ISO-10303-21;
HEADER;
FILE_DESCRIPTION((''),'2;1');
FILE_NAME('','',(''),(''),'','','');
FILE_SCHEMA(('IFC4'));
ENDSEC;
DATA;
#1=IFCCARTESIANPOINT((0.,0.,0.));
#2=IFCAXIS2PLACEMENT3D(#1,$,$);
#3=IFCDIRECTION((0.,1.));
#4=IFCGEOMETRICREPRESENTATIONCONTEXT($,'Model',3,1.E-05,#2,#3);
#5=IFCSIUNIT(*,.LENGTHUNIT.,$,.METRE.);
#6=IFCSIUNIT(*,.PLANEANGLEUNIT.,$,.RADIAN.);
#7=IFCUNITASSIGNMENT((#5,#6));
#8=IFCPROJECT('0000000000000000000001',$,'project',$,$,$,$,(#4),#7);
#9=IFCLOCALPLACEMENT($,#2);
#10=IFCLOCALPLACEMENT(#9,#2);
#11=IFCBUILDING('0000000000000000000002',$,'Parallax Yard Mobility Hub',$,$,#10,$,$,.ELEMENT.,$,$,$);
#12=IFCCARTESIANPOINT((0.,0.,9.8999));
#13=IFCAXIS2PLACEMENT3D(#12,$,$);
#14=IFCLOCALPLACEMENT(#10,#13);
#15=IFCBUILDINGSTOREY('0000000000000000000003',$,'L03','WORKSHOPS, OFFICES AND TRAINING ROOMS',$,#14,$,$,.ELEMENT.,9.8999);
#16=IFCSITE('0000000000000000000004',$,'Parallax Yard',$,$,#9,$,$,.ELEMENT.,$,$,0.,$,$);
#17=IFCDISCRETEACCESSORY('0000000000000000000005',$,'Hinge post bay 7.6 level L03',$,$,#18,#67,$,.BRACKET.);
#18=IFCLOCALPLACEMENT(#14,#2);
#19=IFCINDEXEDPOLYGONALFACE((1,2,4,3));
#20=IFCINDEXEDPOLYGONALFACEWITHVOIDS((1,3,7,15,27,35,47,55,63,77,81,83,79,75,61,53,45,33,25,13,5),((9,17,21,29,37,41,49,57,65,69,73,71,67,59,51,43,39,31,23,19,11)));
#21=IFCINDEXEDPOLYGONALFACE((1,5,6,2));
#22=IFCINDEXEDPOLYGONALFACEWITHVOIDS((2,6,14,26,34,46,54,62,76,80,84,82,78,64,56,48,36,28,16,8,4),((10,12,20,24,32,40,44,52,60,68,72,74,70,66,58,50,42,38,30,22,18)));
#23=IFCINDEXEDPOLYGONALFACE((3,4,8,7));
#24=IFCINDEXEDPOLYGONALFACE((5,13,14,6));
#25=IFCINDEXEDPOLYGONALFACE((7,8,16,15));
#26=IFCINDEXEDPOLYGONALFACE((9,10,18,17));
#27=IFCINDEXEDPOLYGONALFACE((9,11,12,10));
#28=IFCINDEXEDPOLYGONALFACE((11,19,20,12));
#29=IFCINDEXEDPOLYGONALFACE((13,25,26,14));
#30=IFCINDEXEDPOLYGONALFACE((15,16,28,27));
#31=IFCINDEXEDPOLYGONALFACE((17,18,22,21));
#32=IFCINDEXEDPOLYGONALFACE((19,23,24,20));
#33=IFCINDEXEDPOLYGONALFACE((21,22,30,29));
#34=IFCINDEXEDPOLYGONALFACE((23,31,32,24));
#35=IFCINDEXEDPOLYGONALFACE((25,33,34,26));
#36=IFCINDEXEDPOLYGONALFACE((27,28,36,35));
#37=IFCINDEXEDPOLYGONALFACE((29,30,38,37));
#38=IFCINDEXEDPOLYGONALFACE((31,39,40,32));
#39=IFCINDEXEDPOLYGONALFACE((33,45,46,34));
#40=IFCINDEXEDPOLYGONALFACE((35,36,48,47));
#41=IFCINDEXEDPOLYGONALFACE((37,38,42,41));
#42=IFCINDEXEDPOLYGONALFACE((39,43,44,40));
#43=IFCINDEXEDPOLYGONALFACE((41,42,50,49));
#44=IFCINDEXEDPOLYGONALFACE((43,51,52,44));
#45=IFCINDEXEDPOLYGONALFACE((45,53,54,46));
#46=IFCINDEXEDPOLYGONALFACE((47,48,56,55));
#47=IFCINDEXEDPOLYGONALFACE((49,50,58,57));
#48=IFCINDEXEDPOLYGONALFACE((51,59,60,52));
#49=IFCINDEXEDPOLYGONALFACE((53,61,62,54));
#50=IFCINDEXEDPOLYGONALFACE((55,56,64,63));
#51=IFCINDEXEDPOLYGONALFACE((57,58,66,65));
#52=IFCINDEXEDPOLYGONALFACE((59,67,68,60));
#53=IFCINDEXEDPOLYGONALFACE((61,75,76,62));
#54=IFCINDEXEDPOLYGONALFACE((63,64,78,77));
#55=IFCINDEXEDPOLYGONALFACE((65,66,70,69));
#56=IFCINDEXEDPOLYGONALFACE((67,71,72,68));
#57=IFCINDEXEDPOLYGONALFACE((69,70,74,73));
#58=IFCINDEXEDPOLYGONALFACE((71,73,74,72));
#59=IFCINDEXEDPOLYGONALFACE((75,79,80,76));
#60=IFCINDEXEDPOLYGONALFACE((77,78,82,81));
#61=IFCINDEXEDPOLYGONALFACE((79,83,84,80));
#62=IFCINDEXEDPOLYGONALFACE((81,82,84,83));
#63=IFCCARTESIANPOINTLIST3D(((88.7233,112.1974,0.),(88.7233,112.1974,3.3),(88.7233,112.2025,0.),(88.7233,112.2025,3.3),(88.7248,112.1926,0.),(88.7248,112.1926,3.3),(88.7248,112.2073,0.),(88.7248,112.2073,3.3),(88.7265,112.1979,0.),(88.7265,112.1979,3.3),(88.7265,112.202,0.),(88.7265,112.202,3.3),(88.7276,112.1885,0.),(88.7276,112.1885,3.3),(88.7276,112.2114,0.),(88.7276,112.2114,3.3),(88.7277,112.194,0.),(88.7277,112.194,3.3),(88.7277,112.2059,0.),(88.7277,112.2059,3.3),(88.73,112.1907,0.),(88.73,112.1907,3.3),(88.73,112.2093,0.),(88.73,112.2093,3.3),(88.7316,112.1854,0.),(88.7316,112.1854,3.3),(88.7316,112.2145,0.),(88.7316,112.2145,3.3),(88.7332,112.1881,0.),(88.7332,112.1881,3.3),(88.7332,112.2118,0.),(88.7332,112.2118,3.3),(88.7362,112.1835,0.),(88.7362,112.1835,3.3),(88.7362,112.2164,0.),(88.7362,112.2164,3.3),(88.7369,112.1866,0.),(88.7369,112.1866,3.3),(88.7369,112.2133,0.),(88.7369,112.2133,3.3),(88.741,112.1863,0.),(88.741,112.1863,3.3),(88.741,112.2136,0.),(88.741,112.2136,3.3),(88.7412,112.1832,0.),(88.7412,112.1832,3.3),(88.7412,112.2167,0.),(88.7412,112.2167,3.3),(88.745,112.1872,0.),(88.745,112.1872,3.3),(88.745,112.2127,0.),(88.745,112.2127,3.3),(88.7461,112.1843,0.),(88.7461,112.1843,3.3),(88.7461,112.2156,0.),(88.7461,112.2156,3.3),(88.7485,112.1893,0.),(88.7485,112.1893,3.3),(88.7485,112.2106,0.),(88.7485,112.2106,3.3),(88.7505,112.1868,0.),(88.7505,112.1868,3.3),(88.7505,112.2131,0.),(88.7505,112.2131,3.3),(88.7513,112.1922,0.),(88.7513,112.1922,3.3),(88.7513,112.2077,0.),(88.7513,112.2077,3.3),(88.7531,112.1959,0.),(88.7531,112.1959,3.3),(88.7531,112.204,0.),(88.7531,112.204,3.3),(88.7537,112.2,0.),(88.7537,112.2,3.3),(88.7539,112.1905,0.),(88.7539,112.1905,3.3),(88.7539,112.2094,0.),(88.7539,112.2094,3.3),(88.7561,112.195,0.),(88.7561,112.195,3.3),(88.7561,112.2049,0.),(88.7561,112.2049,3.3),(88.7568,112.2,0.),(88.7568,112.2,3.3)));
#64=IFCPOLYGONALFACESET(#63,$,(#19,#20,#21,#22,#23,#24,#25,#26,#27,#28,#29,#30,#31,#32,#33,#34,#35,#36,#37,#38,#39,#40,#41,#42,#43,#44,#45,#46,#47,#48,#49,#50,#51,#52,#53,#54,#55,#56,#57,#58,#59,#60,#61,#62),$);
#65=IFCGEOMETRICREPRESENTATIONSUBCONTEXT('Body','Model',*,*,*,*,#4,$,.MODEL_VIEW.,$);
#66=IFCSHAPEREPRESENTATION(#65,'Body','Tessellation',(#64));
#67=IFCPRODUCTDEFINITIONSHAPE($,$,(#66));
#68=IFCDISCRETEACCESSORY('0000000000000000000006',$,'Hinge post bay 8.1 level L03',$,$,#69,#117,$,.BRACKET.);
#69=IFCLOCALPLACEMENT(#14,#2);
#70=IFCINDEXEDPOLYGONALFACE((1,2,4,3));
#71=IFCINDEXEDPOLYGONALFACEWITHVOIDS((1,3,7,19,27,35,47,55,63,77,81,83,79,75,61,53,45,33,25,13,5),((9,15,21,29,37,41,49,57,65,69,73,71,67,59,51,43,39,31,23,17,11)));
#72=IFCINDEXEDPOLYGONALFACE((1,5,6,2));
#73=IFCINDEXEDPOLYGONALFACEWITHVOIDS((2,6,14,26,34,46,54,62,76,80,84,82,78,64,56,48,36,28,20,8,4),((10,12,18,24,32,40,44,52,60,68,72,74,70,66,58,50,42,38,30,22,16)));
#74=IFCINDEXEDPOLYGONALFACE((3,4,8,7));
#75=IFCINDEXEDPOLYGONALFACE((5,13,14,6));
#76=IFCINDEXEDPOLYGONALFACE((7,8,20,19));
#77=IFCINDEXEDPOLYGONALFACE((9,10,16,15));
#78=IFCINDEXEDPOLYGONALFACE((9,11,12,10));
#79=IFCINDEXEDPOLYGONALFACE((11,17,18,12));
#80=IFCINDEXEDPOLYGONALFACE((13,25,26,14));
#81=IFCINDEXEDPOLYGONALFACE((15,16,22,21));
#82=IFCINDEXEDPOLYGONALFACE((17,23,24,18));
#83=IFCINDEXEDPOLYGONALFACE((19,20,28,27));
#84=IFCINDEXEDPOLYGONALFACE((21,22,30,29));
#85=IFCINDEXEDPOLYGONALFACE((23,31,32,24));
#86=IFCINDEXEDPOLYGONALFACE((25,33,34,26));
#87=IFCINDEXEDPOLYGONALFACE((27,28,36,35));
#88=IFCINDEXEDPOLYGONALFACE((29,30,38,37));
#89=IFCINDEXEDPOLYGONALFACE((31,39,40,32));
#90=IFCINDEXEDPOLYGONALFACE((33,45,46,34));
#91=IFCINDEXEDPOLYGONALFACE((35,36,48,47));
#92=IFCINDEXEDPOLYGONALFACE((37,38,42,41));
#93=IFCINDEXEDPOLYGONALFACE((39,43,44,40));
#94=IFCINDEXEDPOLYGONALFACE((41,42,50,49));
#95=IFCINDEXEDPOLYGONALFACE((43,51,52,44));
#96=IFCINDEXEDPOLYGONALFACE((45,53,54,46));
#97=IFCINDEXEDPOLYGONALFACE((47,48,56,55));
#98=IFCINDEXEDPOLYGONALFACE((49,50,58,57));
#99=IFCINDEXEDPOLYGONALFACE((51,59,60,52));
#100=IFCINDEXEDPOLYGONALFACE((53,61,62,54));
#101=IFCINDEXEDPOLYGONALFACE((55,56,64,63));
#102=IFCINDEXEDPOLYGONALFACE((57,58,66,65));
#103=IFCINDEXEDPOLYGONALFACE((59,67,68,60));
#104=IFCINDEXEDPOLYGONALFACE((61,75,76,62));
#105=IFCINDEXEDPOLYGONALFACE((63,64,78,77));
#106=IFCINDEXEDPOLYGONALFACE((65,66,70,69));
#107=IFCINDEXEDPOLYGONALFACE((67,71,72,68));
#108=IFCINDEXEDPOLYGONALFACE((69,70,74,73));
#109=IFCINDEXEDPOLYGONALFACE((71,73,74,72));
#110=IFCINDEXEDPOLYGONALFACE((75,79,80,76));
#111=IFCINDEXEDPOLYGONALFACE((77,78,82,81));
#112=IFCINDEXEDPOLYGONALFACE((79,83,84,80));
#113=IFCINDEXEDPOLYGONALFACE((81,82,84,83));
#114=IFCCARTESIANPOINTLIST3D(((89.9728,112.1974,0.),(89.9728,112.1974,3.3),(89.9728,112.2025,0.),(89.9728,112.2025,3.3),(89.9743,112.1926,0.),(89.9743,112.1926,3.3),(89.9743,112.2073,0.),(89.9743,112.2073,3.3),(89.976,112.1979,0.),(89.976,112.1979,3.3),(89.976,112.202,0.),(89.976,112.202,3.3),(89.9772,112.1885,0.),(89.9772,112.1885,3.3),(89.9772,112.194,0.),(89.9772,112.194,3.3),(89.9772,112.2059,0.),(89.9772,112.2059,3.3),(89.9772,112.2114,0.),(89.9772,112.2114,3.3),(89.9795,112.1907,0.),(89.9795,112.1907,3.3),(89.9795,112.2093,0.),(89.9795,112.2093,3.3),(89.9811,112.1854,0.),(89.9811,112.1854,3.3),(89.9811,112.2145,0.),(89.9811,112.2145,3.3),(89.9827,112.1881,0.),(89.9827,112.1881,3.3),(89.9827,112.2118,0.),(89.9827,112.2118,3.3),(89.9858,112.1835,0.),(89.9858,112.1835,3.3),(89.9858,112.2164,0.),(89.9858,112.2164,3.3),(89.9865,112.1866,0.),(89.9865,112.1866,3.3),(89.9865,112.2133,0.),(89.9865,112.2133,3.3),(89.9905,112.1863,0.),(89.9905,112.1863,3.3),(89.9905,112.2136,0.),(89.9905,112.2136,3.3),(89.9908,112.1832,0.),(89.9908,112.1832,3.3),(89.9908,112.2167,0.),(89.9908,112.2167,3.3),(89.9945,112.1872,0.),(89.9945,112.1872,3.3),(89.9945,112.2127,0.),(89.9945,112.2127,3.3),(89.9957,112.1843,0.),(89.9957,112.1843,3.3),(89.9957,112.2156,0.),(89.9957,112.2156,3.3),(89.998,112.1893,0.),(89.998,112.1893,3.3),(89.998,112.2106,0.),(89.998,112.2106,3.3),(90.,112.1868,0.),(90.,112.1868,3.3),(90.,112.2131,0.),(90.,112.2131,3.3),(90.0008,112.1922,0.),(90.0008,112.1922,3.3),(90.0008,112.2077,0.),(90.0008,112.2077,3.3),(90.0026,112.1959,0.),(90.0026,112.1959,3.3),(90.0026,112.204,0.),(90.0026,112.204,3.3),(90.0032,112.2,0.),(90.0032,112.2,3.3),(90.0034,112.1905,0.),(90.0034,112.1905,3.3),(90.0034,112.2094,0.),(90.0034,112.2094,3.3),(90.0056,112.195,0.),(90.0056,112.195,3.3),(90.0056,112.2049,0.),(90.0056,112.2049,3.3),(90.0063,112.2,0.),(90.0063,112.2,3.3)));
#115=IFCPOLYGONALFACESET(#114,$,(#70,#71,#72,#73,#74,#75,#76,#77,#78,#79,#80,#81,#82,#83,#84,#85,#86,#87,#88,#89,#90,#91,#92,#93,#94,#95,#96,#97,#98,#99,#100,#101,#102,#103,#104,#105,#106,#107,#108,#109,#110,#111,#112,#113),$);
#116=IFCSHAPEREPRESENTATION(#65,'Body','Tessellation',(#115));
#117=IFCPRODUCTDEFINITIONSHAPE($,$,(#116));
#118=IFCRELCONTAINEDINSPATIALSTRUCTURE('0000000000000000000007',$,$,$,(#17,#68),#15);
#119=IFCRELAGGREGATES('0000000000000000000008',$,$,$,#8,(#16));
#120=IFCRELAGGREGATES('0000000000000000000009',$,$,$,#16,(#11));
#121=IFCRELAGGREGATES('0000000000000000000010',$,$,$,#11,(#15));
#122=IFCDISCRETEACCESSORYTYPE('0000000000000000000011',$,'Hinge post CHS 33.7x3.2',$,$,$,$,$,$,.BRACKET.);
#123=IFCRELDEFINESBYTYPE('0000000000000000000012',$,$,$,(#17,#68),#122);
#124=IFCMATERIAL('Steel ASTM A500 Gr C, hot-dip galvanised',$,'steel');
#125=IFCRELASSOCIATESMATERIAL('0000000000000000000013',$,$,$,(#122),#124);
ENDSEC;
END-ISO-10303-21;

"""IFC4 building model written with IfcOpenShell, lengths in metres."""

from ifc_helpers import new_model, si_unit, direction, frame, origin, origin_2d, place, context, subcontext, project, spatial, hollow_circle, extrude, material, material_profile, profile_set, type_object, element, save


model = new_model("IFC4")

# Units and contexts
model_context = context("Model", 3, precision=1e-05, world=origin(), true_north=direction((0.0, 1.0)))
body_context = subcontext(model_context, "Body", "Model", "MODEL_VIEW")
ifc_project = project(units=[si_unit("LENGTHUNIT", "METRE"), si_unit("PLANEANGLEUNIT", "RADIAN")], contexts=[model_context])

# Site, building, storey
site_placement = place(None, origin())
site = spatial("IfcSite", under=ifc_project, at=site_placement, Name="Parallax Yard", CompositionType="ELEMENT", RefElevation=0.0)
building_placement = place(site_placement, origin())
building = spatial("IfcBuilding", under=site, at=building_placement, Name="Parallax Yard Mobility Hub", CompositionType="ELEMENT")
storey_placement = place(building_placement, frame((0.0, 0.0, 9.8999)))
storey = spatial("IfcBuildingStorey", under=building, at=storey_placement, Name="L03", Description="WORKSHOPS, OFFICES AND TRAINING ROOMS", CompositionType="ELEMENT", Elevation=9.8999)

# Discrete accessories
ifc_material_1 = material(Name="Steel ASTM A500 Gr C, hot-dip galvanised", Category="steel")
ifc_material_profile_1 = material_profile(ifc_material_1, hollow_circle(Radius=0.0168, WallThickness=0.0032, at=origin_2d()), Name="CHS 33.7x3.2")
ifc_profile_set_1 = profile_set([ifc_material_profile_1], Name="Steel ASTM A500 Gr C, hot-dip galvanised")
discrete_accessory_type_1 = type_object("IfcDiscreteAccessoryType", Name="Hinge post CHS 33.7x3.2", PredefinedType="BRACKET", material=ifc_profile_set_1)
for number, where, z_axis, x_axis, name in (
    (1, (88.74, 112.2, 0.0), (0.0, 0.0, 1.0), (1.0, 0.0, 0.0), "Hinge post bay 7.6 level L03"),
    (2, (89.9895, 112.2, 0.0), (0.0, 0.0, 1.0), (1.0, 0.0, 0.0), "Hinge post bay 8.1 level L03"),
):
    element("IfcDiscreteAccessory", number, at=place(storey_placement, frame(where, z_axis=z_axis, x_axis=x_axis)), inside=storey, type_object=discrete_accessory_type_1, Name=name, PredefinedType="BRACKET", context=body_context, shape_type="SweptSolid", body=[
        extrude(hollow_circle(Radius=0.0168, WallThickness=0.0032, at=origin_2d()), origin(), (0.0, 0.0, 1.0), 3.3),
    ])

save(model, "model.ifc")
